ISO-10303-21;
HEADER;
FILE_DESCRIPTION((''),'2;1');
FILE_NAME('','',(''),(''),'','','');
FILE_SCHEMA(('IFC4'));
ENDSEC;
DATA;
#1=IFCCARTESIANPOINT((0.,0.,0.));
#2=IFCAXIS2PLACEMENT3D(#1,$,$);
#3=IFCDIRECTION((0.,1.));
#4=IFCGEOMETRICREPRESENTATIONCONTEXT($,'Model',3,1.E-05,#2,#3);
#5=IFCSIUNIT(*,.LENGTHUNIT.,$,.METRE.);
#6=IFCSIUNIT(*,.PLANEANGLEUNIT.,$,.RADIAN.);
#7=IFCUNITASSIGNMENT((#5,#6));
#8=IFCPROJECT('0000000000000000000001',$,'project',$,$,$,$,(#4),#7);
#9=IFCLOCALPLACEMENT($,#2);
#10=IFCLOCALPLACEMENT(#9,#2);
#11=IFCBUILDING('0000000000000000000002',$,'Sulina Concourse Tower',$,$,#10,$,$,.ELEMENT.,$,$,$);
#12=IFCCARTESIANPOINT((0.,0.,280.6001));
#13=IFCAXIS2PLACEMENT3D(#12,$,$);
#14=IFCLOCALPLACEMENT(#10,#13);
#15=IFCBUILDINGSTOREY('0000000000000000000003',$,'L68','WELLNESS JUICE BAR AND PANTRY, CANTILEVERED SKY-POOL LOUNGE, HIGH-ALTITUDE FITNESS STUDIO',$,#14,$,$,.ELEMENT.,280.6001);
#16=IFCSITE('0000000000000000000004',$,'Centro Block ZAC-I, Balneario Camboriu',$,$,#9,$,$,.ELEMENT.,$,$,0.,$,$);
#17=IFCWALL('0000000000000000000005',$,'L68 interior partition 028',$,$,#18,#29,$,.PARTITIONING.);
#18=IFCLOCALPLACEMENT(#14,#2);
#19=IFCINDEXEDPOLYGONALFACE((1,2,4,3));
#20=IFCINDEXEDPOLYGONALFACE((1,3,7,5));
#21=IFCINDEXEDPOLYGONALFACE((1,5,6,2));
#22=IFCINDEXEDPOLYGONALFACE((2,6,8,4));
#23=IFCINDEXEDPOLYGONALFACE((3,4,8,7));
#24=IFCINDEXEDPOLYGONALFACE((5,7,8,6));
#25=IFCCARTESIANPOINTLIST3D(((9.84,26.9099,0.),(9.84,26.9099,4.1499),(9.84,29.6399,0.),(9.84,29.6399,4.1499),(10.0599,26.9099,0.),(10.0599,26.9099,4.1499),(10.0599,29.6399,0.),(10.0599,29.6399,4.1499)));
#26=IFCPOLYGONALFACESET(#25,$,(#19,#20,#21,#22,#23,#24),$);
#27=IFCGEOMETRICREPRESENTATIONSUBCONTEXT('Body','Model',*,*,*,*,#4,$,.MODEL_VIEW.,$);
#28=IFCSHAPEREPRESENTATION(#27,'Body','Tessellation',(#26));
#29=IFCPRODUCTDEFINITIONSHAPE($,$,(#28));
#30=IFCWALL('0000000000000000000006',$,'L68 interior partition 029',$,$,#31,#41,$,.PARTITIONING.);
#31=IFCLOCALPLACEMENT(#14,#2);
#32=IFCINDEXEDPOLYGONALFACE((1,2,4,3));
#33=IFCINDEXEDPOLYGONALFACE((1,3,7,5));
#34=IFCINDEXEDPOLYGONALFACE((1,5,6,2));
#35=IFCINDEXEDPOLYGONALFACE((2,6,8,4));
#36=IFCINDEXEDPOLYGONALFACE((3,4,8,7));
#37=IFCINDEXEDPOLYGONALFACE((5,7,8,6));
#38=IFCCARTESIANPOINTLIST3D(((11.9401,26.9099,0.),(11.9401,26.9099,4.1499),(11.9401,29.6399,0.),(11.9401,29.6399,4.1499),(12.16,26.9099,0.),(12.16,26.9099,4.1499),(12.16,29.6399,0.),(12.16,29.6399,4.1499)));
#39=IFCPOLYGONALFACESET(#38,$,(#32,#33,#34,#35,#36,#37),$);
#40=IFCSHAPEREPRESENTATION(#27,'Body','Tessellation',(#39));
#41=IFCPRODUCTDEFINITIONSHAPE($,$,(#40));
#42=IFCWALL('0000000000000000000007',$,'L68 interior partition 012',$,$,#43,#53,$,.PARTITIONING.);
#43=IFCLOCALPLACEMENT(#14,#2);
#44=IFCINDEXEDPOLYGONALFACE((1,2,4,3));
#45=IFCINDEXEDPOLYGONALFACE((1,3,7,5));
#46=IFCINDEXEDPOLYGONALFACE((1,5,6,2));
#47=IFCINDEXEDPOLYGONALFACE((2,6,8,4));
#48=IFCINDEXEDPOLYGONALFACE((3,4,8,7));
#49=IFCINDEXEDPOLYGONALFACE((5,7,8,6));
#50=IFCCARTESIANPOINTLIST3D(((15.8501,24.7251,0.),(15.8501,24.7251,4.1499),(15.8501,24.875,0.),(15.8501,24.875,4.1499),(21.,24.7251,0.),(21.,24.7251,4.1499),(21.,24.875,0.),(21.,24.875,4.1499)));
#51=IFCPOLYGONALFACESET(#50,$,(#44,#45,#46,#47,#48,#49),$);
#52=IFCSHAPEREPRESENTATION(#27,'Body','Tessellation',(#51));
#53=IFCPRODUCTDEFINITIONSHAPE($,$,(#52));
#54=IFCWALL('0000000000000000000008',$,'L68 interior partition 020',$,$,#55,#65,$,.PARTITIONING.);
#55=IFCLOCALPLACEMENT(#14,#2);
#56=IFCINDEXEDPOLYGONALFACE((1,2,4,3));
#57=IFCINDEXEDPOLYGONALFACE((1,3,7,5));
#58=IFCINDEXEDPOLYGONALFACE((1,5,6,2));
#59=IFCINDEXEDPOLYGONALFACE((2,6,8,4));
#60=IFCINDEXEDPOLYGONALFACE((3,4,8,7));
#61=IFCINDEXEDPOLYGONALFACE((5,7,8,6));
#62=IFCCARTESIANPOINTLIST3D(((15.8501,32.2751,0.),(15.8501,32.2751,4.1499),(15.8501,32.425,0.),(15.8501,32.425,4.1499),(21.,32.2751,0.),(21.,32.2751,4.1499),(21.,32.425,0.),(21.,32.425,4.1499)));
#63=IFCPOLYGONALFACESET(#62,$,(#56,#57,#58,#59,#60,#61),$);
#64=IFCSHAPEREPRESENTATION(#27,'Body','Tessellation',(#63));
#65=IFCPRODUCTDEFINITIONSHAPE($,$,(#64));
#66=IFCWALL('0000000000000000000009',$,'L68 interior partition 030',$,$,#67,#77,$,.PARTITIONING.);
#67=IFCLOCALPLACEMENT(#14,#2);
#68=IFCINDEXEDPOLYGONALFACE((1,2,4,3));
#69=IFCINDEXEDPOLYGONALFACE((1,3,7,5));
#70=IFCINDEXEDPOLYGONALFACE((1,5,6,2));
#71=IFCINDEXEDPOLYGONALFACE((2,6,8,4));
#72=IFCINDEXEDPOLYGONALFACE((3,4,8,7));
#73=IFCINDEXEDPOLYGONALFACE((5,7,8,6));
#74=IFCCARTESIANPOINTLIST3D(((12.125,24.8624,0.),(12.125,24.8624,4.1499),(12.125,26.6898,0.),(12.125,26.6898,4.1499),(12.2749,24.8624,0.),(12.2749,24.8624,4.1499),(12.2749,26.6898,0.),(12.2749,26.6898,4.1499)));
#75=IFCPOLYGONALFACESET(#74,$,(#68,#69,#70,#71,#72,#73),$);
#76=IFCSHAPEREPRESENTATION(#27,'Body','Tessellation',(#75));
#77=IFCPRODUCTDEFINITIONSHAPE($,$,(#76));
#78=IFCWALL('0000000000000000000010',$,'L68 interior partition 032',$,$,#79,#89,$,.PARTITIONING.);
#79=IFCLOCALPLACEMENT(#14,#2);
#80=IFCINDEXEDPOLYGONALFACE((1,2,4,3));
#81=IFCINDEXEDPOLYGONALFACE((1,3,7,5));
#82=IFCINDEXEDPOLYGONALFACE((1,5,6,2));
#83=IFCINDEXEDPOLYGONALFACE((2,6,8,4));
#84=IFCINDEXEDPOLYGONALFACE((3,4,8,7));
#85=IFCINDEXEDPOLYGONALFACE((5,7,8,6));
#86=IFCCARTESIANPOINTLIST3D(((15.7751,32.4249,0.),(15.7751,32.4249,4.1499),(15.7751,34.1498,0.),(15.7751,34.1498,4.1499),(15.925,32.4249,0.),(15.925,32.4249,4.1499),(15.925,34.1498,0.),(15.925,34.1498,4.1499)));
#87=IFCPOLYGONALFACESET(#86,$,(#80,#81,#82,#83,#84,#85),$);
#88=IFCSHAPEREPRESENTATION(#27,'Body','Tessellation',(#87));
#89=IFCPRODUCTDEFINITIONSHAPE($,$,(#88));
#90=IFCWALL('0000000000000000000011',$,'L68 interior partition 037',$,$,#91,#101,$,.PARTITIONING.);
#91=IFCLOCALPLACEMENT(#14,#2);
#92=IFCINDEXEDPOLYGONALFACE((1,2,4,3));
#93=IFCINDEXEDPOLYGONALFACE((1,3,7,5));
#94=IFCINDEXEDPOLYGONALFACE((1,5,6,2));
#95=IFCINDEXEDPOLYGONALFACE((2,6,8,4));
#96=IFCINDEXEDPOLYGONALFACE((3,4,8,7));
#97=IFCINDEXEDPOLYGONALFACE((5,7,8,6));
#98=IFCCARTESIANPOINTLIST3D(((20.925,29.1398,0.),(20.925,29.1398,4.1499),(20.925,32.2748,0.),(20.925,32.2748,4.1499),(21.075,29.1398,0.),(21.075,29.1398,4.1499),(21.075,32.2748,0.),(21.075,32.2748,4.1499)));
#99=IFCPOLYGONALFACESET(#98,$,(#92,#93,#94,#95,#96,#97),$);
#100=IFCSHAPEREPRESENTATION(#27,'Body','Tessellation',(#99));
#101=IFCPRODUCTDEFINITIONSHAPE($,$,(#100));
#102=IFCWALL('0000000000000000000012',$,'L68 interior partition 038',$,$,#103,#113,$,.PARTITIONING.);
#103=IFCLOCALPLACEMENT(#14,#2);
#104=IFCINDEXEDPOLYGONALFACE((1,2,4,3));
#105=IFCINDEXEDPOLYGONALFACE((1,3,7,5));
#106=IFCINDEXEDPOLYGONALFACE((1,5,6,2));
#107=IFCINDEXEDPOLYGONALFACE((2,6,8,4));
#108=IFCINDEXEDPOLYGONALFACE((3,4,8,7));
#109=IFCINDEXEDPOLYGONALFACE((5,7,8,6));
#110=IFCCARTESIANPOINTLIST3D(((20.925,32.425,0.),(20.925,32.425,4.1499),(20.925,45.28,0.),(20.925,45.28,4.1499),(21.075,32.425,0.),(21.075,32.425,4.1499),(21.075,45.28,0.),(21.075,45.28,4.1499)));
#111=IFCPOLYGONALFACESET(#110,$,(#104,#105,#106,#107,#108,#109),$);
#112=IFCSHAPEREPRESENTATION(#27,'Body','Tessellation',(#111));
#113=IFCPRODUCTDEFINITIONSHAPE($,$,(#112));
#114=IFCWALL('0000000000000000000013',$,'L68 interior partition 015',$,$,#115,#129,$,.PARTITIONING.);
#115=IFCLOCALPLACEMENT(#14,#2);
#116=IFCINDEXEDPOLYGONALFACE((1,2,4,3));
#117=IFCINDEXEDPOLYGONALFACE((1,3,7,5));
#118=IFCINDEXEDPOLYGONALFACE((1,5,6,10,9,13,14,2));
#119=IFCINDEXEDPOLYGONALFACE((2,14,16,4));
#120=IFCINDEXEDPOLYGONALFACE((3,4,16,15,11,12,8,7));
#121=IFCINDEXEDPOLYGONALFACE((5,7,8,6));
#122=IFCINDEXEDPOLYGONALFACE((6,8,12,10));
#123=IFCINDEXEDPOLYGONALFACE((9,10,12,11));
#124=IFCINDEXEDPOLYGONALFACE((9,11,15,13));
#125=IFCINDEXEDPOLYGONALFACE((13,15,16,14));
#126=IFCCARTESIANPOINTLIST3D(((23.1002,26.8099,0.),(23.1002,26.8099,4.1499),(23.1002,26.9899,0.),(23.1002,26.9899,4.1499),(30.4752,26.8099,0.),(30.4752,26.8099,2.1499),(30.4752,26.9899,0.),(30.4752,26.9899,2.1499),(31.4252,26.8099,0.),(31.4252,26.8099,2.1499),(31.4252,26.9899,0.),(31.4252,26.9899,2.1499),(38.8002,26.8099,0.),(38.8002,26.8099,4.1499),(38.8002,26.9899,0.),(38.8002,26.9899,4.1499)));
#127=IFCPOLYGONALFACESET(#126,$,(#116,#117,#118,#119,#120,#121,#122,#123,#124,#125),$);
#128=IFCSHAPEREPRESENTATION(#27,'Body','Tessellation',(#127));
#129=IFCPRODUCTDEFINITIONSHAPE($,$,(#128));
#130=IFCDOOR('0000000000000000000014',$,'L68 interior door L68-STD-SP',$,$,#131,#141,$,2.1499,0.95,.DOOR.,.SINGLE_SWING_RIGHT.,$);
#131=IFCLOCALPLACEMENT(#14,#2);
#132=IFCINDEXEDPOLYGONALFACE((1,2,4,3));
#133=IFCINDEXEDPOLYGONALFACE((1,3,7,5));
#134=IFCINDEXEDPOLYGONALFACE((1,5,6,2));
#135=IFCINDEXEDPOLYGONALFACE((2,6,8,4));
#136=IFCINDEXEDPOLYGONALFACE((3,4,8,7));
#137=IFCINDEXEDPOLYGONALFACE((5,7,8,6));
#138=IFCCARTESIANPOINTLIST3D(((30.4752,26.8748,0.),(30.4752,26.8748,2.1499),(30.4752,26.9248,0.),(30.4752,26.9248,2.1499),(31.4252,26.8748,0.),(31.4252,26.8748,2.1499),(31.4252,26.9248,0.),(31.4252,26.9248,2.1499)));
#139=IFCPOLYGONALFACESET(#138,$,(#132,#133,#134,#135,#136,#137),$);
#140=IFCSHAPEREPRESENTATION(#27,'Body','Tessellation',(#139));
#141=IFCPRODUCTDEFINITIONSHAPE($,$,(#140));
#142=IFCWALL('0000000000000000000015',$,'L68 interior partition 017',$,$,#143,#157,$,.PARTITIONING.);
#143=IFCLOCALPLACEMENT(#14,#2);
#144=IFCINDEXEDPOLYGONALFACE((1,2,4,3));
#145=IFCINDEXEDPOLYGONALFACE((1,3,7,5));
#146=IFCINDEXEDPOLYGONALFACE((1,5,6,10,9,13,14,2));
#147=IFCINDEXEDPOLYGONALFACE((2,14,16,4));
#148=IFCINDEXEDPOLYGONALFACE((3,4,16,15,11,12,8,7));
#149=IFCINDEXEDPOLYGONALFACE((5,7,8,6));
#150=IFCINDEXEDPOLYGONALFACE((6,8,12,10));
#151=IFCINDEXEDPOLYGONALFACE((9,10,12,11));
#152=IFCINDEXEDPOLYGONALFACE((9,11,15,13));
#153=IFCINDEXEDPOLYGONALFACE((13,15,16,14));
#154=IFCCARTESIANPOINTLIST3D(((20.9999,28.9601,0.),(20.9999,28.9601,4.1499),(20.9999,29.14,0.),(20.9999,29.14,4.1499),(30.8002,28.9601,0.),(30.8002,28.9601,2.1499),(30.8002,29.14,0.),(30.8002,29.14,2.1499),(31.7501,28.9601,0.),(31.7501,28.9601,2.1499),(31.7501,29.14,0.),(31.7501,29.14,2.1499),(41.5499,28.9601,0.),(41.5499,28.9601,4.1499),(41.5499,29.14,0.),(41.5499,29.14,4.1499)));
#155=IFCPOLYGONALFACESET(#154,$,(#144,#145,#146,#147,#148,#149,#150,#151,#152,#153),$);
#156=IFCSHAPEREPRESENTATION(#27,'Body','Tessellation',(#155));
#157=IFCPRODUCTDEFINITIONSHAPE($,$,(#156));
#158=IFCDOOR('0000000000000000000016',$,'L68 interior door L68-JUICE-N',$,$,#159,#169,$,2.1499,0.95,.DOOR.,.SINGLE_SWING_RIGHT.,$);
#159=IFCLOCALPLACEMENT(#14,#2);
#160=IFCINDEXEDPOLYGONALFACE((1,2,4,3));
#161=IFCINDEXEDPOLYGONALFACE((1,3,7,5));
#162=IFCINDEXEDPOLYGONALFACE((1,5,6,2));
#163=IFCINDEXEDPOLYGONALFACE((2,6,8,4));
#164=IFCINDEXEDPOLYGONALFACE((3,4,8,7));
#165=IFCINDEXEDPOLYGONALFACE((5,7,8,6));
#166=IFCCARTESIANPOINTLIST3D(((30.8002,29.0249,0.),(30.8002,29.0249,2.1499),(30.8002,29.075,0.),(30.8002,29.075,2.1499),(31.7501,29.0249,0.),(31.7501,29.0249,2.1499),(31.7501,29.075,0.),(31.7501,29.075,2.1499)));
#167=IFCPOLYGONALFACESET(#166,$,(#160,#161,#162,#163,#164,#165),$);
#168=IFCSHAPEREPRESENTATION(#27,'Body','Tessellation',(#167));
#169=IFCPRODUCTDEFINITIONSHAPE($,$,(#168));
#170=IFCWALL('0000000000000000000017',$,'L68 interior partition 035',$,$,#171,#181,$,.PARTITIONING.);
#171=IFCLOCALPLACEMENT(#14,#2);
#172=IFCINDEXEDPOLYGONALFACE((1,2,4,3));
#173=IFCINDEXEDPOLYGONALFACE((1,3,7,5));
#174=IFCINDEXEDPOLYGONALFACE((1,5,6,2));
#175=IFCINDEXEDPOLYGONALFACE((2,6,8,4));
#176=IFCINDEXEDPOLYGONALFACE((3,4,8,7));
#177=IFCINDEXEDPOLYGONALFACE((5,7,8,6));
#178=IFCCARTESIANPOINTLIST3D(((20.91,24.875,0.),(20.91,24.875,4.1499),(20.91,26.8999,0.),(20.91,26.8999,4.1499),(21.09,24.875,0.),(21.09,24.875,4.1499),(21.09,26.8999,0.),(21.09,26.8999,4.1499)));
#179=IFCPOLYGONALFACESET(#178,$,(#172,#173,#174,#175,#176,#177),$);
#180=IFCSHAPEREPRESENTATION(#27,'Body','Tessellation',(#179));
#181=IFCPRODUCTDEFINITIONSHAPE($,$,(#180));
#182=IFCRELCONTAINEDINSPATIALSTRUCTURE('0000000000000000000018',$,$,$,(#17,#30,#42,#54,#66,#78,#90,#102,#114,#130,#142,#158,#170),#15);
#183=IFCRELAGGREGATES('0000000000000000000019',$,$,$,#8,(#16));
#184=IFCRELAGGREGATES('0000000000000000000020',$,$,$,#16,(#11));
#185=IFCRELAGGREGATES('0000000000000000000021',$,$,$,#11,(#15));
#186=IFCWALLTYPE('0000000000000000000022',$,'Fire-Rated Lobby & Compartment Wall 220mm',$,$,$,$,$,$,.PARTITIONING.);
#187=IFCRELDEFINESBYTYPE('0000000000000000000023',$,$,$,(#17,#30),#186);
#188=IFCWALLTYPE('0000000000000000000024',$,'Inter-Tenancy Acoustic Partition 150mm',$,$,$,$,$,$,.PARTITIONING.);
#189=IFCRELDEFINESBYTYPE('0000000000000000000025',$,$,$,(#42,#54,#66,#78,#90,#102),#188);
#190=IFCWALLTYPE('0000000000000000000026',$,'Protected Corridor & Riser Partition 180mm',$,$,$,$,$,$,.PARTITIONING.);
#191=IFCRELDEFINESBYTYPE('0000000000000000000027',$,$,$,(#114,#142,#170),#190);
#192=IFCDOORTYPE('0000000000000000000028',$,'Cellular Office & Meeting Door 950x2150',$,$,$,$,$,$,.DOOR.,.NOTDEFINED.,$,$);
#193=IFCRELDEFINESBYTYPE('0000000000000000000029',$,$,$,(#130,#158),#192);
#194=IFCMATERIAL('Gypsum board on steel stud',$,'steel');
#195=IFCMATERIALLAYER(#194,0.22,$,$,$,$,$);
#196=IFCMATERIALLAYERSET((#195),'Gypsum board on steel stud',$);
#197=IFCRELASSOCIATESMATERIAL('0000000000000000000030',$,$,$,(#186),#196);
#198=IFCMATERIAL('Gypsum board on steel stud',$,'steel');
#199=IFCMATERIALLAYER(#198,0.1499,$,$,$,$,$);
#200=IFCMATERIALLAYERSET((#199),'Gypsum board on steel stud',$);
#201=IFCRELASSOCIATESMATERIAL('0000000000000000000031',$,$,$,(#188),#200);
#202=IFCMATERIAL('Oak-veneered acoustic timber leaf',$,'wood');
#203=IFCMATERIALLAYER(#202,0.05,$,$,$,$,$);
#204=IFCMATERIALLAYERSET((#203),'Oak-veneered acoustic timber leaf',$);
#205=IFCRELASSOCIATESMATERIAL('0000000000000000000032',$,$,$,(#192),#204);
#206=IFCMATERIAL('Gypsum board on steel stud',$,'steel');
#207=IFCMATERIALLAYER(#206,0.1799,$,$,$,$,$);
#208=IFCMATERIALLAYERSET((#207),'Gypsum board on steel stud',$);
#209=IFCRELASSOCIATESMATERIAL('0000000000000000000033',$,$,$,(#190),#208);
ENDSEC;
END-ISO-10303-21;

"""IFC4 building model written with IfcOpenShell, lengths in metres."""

from ifc_helpers import new_model, si_unit, direction, frame, frame_2d, origin, place, context, subcontext, project, spatial, rectangle, extrude, material, layer, layer_set, type_object, element, fill, save


model = new_model("IFC4")

# Units and contexts
model_context = context("Model", 3, precision=1e-05, world=origin(), true_north=direction((0.0, 1.0)))
body_context = subcontext(model_context, "Body", "Model", "MODEL_VIEW")
ifc_project = project(units=[si_unit("LENGTHUNIT", "METRE"), si_unit("PLANEANGLEUNIT", "RADIAN")], contexts=[model_context])

# Site, building, storey
site_placement = place(None, origin())
site = spatial("IfcSite", under=ifc_project, at=site_placement, Name="Centro Block ZAC-I, Balneario Camboriu", CompositionType="ELEMENT", RefElevation=0.0)
building_placement = place(site_placement, origin())
building = spatial("IfcBuilding", under=site, at=building_placement, Name="Sulina Concourse Tower", CompositionType="ELEMENT")
storey_placement = place(building_placement, frame((0.0, 0.0, 280.6001)))
storey = spatial("IfcBuildingStorey", under=building, at=storey_placement, Name="L68", Description="WELLNESS JUICE BAR AND PANTRY, CANTILEVERED SKY-POOL LOUNGE, HIGH-ALTITUDE FITNESS STUDIO", CompositionType="ELEMENT", Elevation=280.6001)

# Shared definitions
ifc_material_1 = material(Name="Gypsum board on steel stud", Category="steel")
ifc_layer_1 = layer(ifc_material_1, 0.22)
ifc_layer_set_1 = layer_set([ifc_layer_1], Name="Gypsum board on steel stud")
wall_type_1 = type_object("IfcWallType", Name="Fire-Rated Lobby & Compartment Wall 220mm", PredefinedType="PARTITIONING", material=ifc_layer_set_1)

# Walls
for number, where, z_axis, x_axis, name in (
    (1, (9.95, 26.9099, 0.0), (0.0, 0.0, 1.0), (0.0, 1.0, 0.0), "L68 interior partition 028"),
    (2, (12.05, 26.9099, 0.0), (0.0, 0.0, 1.0), (0.0, 1.0, 0.0), "L68 interior partition 029"),
):
    element("IfcWall", number, at=place(storey_placement, frame(where, z_axis=z_axis, x_axis=x_axis)), inside=storey, type_object=wall_type_1, Name=name, PredefinedType="PARTITIONING", context=body_context, shape_type="SweptSolid", body=[
        extrude(rectangle(XDim=2.73, YDim=0.22, at=frame_2d((1.365, 0.0))), origin(), (0.0, 0.0, 1.0), 4.1499),
    ])
ifc_material_2 = material(Name="Gypsum board on steel stud", Category="steel")
ifc_layer_2 = layer(ifc_material_2, 0.1499)
ifc_layer_set_2 = layer_set([ifc_layer_2], Name="Gypsum board on steel stud")
wall_type_2 = type_object("IfcWallType", Name="Inter-Tenancy Acoustic Partition 150mm", PredefinedType="PARTITIONING", material=ifc_layer_set_2)
wall_1_placement = place(storey_placement, frame((15.8501, 24.8, 0.0), z_axis=(0.0, 0.0, 1.0), x_axis=(1.0, 0.0, 0.0)))
element("IfcWall", 3, at=wall_1_placement, inside=storey, type_object=wall_type_2, Name="L68 interior partition 012", PredefinedType="PARTITIONING", context=body_context, shape_type="SweptSolid", body=[
    extrude(rectangle(XDim=5.1499, YDim=0.1499, at=frame_2d((2.575, 0.0))), origin(), (0.0, 0.0, 1.0), 4.1499),
])

# Shared definitions
ifc_material_3 = material(Name="Oak-veneered acoustic timber leaf", Category="wood")
ifc_layer_3 = layer(ifc_material_3, 0.05)
ifc_layer_set_3 = layer_set([ifc_layer_3], Name="Oak-veneered acoustic timber leaf")
door_type_1 = type_object("IfcDoorType", Name="Cellular Office & Meeting Door 950x2150", OperationType="NOTDEFINED", PredefinedType="DOOR", material=ifc_layer_set_3)

# Walls
wall_2_placement = place(storey_placement, frame((15.8501, 32.3501, 0.0), z_axis=(0.0, 0.0, 1.0), x_axis=(1.0, 0.0, 0.0)))
element("IfcWall", 4, at=wall_2_placement, inside=storey, type_object=wall_type_2, Name="L68 interior partition 020", PredefinedType="PARTITIONING", context=body_context, shape_type="SweptSolid", body=[
    extrude(rectangle(XDim=5.1499, YDim=0.1499, at=frame_2d((2.575, 0.0))), origin(), (0.0, 0.0, 1.0), 4.1499),
])
wall_3_placement = place(storey_placement, frame((12.2, 24.8625, 0.0), z_axis=(0.0, 0.0, 1.0), x_axis=(0.0, 1.0, 0.0)))
element("IfcWall", 5, at=wall_3_placement, inside=storey, type_object=wall_type_2, Name="L68 interior partition 030", PredefinedType="PARTITIONING", context=body_context, shape_type="SweptSolid", body=[
    extrude(rectangle(XDim=1.8274, YDim=0.1499, at=frame_2d((0.9136, 0.0))), origin(), (0.0, 0.0, 1.0), 4.1499),
])
wall_4_placement = place(storey_placement, frame((15.8501, 32.425, 0.0), z_axis=(0.0, 0.0, 1.0), x_axis=(0.0, 1.0, 0.0)))
element("IfcWall", 6, at=wall_4_placement, inside=storey, type_object=wall_type_2, Name="L68 interior partition 032", PredefinedType="PARTITIONING", context=body_context, shape_type="SweptSolid", body=[
    extrude(rectangle(XDim=1.7249, YDim=0.1499, at=frame_2d((0.8623, 0.0))), origin(), (0.0, 0.0, 1.0), 4.1499),
])
wall_5_placement = place(storey_placement, frame((21.0, 29.1399, 0.0), z_axis=(0.0, 0.0, 1.0), x_axis=(0.0, 1.0, 0.0)))
element("IfcWall", 7, at=wall_5_placement, inside=storey, type_object=wall_type_2, Name="L68 interior partition 037", PredefinedType="PARTITIONING", context=body_context, shape_type="SweptSolid", body=[
    extrude(rectangle(XDim=3.135, YDim=0.1499, at=frame_2d((1.5674, 0.0))), origin(), (0.0, 0.0, 1.0), 4.1499),
])
wall_6_placement = place(storey_placement, frame((21.0, 32.425, 0.0), z_axis=(0.0, 0.0, 1.0), x_axis=(0.0, 1.0, 0.0)))
element("IfcWall", 8, at=wall_6_placement, inside=storey, type_object=wall_type_2, Name="L68 interior partition 038", PredefinedType="PARTITIONING", context=body_context, shape_type="SweptSolid", body=[
    extrude(rectangle(XDim=12.855, YDim=0.1499, at=frame_2d((6.4275, 0.0))), origin(), (0.0, 0.0, 1.0), 4.1499),
])

# Walls, openings, doors
ifc_material_4 = material(Name="Gypsum board on steel stud", Category="steel")
ifc_layer_4 = layer(ifc_material_4, 0.1799)
ifc_layer_set_4 = layer_set([ifc_layer_4], Name="Gypsum board on steel stud")
wall_type_3 = type_object("IfcWallType", Name="Protected Corridor & Riser Partition 180mm", PredefinedType="PARTITIONING", material=ifc_layer_set_4)
wall_7_placement = place(storey_placement, frame((23.1001, 26.8999, 0.0), z_axis=(0.0, 0.0, 1.0), x_axis=(1.0, 0.0, 0.0)))
wall_7 = element("IfcWall", 9, at=wall_7_placement, inside=storey, type_object=wall_type_3, Name="L68 interior partition 015", PredefinedType="PARTITIONING", context=body_context, shape_type="SweptSolid", body=[
    extrude(rectangle(XDim=15.7, YDim=0.1799, at=frame_2d((7.8501, 0.0))), origin(), (0.0, 0.0, 1.0), 4.1499),
])
opening_1_placement = place(wall_7_placement, frame((7.375, 0.0, 0.0)))
opening_1 = element("IfcOpeningElement", 10, at=opening_1_placement, cuts=wall_7, PredefinedType="OPENING", context=body_context, shape_type="SweptSolid", body=[
    extrude(rectangle(XDim=0.95, YDim=2.1499, at=frame_2d((0.4751, 1.075))), frame((0.0, 0.0999, 0.0), z_axis=(0.0, -1.0, 0.0), x_axis=(1.0, 0.0, 0.0)), (0.0, 0.0, 1.0), 0.2),
])
door_1_placement = place(opening_1_placement, origin())
door_1 = element("IfcDoor", 11, at=door_1_placement, inside=storey, type_object=door_type_1, Name="L68 interior door L68-STD-SP", OperationType="SINGLE_SWING_RIGHT", OverallHeight=2.1499, OverallWidth=0.95, PredefinedType="DOOR", context=body_context, shape_type="SweptSolid", body=[
    extrude(rectangle(XDim=0.95, YDim=2.1499, at=frame_2d((0.4751, 1.075))), frame((0.0, 0.0249, 0.0), z_axis=(0.0, -1.0, 0.0), x_axis=(1.0, 0.0, 0.0)), (0.0, 0.0, 1.0), 0.05),
])
fill(opening_1, door_1)
wall_8_placement = place(storey_placement, frame((21.0, 29.05, 0.0), z_axis=(0.0, 0.0, 1.0), x_axis=(1.0, 0.0, 0.0)))
wall_8 = element("IfcWall", 12, at=wall_8_placement, inside=storey, type_object=wall_type_3, Name="L68 interior partition 017", PredefinedType="PARTITIONING", context=body_context, shape_type="SweptSolid", body=[
    extrude(rectangle(XDim=20.55, YDim=0.1799, at=frame_2d((10.2749, 0.0))), origin(), (0.0, 0.0, 1.0), 4.1499),
])
opening_2_placement = place(wall_8_placement, frame((9.8, 0.0, 0.0)))
opening_2 = element("IfcOpeningElement", 13, at=opening_2_placement, cuts=wall_8, PredefinedType="OPENING", context=body_context, shape_type="SweptSolid", body=[
    extrude(rectangle(XDim=0.95, YDim=2.1499, at=frame_2d((0.4751, 1.075))), frame((0.0, 0.0999, 0.0), z_axis=(0.0, -1.0, 0.0), x_axis=(1.0, 0.0, 0.0)), (0.0, 0.0, 1.0), 0.2),
])
door_2_placement = place(opening_2_placement, origin())
door_2 = element("IfcDoor", 14, at=door_2_placement, inside=storey, type_object=door_type_1, Name="L68 interior door L68-JUICE-N", OperationType="SINGLE_SWING_RIGHT", OverallHeight=2.1499, OverallWidth=0.95, PredefinedType="DOOR", context=body_context, shape_type="SweptSolid", body=[
    extrude(rectangle(XDim=0.95, YDim=2.1499, at=frame_2d((0.4751, 1.075))), frame((0.0, 0.0249, 0.0), z_axis=(0.0, -1.0, 0.0), x_axis=(1.0, 0.0, 0.0)), (0.0, 0.0, 1.0), 0.05),
])
fill(opening_2, door_2)

# Wall
wall_9_placement = place(storey_placement, frame((21.0, 24.875, 0.0), z_axis=(0.0, 0.0, 1.0), x_axis=(0.0, 1.0, 0.0)))
element("IfcWall", 15, at=wall_9_placement, inside=storey, type_object=wall_type_3, Name="L68 interior partition 035", PredefinedType="PARTITIONING", context=body_context, shape_type="SweptSolid", body=[
    extrude(rectangle(XDim=2.0249, YDim=0.1799, at=frame_2d((1.0125, 0.0))), origin(), (0.0, 0.0, 1.0), 4.1499),
])

save(model, "model.ifc")
